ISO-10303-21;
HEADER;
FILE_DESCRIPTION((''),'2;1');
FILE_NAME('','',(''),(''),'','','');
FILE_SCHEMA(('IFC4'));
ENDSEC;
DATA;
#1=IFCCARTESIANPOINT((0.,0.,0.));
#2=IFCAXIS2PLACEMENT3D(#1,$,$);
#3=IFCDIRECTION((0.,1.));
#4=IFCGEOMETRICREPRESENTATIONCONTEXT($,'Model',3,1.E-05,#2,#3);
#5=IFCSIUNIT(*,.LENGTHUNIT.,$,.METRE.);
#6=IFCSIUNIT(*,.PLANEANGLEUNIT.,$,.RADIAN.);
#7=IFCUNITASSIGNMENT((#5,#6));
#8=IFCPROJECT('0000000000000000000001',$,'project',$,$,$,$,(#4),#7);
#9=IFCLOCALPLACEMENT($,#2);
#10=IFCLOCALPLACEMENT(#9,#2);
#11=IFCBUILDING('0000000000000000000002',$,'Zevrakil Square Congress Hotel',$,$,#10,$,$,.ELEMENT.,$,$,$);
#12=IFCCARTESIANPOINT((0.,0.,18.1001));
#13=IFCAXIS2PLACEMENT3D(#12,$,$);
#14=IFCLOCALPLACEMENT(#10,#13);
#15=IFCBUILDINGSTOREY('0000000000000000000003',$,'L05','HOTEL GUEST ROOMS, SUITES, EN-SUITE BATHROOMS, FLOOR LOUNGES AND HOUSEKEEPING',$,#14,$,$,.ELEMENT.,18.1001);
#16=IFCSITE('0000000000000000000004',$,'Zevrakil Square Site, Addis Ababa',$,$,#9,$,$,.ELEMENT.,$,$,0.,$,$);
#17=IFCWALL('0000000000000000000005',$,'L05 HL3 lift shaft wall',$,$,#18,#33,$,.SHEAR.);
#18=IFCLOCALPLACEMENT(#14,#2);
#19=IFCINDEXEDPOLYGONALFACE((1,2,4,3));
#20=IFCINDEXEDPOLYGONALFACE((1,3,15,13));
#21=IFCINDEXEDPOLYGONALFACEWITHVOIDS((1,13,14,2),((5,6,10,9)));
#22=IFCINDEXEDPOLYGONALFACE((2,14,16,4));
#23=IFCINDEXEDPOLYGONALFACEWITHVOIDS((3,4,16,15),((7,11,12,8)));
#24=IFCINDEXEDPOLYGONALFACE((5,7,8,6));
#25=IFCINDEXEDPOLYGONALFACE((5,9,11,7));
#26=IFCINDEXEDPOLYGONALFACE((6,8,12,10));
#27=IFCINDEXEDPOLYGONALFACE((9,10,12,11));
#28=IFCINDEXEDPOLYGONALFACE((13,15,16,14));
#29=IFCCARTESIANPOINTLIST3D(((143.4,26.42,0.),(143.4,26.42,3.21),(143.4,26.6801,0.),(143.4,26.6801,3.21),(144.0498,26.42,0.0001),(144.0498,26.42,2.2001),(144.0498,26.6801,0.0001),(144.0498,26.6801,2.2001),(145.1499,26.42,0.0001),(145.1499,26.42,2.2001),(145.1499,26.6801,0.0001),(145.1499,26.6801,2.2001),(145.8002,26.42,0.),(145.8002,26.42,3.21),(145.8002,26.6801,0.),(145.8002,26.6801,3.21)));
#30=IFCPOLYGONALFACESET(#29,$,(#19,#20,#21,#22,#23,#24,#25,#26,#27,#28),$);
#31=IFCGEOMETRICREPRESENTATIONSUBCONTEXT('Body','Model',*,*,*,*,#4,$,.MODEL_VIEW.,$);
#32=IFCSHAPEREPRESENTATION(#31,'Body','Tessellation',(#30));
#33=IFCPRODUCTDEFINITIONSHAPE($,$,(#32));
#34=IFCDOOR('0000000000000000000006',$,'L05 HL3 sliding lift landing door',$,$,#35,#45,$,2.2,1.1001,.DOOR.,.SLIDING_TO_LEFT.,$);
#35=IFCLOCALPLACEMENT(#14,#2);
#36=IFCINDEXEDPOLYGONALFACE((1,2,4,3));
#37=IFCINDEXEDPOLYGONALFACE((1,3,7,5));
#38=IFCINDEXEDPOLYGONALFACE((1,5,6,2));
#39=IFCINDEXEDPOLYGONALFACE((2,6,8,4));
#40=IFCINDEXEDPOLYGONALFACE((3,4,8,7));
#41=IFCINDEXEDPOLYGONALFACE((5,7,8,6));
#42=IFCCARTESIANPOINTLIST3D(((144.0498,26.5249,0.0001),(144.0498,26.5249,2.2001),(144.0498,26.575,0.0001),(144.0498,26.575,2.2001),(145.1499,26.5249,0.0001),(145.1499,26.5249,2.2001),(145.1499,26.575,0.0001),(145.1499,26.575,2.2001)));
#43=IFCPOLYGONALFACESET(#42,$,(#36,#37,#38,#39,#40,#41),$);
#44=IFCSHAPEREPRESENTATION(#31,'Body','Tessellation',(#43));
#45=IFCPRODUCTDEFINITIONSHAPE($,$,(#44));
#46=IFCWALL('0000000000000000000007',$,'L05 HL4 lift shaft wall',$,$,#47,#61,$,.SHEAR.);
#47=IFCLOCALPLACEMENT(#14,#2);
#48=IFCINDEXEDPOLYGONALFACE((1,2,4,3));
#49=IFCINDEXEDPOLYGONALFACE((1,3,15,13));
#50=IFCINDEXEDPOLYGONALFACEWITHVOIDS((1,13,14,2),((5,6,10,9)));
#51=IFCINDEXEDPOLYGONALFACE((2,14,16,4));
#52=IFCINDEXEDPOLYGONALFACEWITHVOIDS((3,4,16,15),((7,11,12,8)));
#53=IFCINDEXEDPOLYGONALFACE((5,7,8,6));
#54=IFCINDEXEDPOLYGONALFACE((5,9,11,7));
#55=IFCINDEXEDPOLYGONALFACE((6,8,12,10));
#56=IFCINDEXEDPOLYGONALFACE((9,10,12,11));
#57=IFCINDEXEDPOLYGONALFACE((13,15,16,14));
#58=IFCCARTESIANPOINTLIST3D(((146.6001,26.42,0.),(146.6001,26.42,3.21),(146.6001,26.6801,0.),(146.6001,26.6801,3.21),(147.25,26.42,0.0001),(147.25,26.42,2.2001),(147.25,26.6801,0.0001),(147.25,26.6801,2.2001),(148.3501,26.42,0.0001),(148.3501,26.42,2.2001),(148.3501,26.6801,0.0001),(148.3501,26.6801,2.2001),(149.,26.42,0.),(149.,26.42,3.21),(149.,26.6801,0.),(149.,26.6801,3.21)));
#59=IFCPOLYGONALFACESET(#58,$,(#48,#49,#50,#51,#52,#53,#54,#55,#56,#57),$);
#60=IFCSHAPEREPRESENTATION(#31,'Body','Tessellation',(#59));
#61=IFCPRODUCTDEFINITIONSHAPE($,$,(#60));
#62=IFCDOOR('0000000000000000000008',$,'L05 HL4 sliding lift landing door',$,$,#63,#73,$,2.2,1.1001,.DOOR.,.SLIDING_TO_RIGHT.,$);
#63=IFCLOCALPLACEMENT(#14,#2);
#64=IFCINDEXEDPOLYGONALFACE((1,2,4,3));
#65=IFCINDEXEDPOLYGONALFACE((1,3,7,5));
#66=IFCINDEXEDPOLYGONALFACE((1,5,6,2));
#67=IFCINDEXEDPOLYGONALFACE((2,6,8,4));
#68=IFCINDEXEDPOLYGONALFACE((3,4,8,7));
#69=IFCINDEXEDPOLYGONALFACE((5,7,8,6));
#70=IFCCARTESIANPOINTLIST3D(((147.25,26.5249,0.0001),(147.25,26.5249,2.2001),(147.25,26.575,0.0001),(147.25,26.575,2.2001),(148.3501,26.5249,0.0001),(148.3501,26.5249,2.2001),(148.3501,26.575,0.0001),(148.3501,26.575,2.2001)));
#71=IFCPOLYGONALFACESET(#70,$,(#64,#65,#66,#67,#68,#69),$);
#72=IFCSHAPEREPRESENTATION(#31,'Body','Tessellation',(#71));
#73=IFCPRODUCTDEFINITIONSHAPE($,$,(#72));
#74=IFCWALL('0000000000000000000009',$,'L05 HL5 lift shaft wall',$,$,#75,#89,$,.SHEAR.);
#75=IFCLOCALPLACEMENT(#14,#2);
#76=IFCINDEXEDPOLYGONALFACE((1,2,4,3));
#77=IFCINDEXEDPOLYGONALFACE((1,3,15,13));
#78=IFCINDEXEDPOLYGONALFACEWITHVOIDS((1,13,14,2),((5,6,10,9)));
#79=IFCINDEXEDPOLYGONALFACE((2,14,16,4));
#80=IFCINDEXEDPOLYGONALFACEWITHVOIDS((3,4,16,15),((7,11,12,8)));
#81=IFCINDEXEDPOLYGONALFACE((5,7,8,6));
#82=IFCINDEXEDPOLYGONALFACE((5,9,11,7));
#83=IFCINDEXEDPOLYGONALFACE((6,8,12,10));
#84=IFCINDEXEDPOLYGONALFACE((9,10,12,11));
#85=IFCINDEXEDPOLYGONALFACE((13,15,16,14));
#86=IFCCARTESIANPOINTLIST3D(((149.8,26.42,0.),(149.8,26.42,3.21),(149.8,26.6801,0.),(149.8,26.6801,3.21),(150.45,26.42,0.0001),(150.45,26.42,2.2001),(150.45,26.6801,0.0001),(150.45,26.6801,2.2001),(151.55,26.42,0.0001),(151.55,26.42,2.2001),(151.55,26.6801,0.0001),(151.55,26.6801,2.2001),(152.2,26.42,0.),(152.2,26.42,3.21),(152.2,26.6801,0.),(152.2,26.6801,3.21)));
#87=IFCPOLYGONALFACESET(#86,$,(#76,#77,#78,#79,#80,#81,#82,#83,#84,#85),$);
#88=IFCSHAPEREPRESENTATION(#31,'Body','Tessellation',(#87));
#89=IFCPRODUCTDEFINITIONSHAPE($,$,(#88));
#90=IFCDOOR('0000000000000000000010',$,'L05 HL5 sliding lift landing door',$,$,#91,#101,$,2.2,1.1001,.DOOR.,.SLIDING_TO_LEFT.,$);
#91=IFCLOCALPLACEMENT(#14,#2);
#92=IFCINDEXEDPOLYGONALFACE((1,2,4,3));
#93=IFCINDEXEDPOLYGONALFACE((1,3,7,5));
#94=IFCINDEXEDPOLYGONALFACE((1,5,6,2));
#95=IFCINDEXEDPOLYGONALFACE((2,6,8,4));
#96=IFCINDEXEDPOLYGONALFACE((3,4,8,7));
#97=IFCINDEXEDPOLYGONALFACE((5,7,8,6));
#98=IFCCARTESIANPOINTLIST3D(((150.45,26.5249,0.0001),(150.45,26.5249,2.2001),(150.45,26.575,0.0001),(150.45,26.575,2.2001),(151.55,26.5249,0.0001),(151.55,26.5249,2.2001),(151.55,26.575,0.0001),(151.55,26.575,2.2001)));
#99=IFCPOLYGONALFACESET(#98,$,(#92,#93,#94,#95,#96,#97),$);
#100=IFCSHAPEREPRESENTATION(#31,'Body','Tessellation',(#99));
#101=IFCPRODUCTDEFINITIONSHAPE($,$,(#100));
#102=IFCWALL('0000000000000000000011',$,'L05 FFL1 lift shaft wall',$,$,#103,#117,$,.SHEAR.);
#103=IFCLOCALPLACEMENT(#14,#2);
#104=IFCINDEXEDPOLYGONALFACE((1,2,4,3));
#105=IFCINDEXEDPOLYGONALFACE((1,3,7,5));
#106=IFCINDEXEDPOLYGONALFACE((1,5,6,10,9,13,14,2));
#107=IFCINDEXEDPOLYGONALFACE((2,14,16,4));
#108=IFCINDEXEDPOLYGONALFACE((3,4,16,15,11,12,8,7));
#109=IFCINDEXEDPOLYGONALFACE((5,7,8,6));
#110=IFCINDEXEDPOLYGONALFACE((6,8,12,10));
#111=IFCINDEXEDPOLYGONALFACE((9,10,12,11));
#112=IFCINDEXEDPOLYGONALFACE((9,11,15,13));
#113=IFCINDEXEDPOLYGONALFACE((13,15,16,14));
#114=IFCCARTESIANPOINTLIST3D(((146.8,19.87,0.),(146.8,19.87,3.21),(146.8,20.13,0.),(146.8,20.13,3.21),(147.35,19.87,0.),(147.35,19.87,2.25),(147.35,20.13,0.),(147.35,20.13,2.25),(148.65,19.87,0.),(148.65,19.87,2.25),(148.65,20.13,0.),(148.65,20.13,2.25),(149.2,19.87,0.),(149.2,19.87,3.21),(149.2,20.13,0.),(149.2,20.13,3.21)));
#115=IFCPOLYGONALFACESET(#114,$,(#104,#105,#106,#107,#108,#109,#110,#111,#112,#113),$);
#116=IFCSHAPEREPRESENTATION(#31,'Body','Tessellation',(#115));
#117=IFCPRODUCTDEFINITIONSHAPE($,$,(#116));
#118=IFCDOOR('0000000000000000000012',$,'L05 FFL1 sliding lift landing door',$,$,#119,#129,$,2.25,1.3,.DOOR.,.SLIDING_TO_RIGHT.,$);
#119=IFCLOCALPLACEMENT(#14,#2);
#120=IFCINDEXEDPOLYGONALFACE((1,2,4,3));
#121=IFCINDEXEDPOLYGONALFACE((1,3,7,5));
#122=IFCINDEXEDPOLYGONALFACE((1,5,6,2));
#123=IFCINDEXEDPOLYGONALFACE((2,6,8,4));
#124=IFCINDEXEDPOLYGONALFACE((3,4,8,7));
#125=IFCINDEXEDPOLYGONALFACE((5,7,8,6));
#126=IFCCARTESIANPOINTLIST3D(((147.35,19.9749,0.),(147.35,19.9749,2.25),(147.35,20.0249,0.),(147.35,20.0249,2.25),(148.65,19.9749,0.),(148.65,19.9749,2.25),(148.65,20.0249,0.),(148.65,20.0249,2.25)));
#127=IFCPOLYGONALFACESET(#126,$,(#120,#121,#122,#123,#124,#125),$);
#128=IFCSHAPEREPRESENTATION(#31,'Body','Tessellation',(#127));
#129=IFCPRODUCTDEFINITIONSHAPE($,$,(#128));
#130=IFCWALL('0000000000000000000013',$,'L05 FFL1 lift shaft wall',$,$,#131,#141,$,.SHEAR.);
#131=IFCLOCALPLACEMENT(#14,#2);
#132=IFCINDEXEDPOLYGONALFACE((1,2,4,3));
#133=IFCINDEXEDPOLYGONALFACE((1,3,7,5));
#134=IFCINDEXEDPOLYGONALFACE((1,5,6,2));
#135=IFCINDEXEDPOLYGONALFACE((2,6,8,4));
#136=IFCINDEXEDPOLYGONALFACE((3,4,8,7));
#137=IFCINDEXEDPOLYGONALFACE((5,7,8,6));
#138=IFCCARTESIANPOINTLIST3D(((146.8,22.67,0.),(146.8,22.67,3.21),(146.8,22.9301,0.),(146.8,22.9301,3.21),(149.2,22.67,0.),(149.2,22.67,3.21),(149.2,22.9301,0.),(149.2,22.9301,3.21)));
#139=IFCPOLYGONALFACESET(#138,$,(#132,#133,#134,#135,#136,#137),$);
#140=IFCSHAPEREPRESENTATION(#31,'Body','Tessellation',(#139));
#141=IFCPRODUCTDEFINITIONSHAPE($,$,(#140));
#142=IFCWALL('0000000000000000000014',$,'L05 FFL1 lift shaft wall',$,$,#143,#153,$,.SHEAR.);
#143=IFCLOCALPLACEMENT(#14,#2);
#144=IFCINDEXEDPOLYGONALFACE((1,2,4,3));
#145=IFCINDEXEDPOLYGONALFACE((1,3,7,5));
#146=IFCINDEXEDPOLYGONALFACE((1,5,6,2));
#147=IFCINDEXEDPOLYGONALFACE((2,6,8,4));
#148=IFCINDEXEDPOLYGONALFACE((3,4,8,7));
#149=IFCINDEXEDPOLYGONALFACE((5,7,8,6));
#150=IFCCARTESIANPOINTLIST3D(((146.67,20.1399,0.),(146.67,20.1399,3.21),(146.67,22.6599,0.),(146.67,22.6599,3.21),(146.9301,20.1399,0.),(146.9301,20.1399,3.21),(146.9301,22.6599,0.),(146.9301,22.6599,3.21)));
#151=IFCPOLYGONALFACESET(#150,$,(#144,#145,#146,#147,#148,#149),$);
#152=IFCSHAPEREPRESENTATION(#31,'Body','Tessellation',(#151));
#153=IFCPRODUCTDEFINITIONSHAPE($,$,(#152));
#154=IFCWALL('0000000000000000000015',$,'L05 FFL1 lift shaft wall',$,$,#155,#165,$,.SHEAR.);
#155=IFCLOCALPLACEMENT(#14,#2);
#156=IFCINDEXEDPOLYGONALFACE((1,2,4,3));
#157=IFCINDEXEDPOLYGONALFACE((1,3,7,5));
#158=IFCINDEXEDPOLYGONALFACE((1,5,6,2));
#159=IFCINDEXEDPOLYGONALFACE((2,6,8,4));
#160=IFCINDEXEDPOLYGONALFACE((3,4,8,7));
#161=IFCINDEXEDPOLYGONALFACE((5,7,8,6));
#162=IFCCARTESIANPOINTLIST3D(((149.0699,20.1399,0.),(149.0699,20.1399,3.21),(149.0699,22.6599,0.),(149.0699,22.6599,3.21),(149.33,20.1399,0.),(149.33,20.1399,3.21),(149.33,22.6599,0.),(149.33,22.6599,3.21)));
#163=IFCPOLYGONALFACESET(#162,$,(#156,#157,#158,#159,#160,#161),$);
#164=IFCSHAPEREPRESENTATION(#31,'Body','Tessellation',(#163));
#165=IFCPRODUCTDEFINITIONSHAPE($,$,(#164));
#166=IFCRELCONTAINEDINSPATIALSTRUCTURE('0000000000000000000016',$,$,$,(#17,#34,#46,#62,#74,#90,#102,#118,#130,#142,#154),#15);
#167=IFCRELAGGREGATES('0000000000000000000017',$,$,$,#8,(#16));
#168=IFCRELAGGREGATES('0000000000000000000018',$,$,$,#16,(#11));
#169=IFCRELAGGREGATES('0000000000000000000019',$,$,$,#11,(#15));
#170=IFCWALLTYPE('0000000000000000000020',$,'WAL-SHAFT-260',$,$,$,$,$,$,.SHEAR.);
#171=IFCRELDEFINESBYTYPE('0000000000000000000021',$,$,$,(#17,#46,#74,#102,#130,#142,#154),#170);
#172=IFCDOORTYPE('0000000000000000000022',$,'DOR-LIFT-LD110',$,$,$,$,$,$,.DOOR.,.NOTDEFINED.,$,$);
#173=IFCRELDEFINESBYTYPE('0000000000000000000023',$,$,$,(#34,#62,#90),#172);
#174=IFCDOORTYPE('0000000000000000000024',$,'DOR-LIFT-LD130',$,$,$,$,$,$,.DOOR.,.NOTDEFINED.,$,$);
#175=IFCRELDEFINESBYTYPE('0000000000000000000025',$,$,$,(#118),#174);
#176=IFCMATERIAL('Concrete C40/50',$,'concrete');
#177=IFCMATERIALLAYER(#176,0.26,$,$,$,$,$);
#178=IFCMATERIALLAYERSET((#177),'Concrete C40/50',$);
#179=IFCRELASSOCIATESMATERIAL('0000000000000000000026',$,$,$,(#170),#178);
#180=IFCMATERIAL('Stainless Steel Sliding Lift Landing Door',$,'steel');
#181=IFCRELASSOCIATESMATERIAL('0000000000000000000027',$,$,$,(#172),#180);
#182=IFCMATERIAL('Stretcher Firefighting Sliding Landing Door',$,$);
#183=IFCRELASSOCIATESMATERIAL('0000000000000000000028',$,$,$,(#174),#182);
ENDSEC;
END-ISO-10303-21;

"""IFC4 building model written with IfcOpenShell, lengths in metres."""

from ifc_helpers import new_model, si_unit, direction, frame, frame_2d, origin, place, context, subcontext, project, spatial, rectangle, extrude, material, layer, layer_set, type_object, element, fill, save


model = new_model("IFC4")

# Units and contexts
model_context = context("Model", 3, precision=1e-05, world=origin(), true_north=direction((0.0, 1.0)))
body_context = subcontext(model_context, "Body", "Model", "MODEL_VIEW")
ifc_project = project(units=[si_unit("LENGTHUNIT", "METRE"), si_unit("PLANEANGLEUNIT", "RADIAN")], contexts=[model_context])

# Site, building, storey
site_placement = place(None, origin())
site = spatial("IfcSite", under=ifc_project, at=site_placement, Name="Zevrakil Square Site, Addis Ababa", CompositionType="ELEMENT", RefElevation=0.0)
building_placement = place(site_placement, origin())
building = spatial("IfcBuilding", under=site, at=building_placement, Name="Zevrakil Square Congress Hotel", CompositionType="ELEMENT")
storey_placement = place(building_placement, frame((0.0, 0.0, 18.1001)))
storey = spatial("IfcBuildingStorey", under=building, at=storey_placement, Name="L05", Description="HOTEL GUEST ROOMS, SUITES, EN-SUITE BATHROOMS, FLOOR LOUNGES AND HOUSEKEEPING", CompositionType="ELEMENT", Elevation=18.1001)

# Shared definitions
ifc_material_1 = material(Name="Concrete C40/50", Category="concrete")
ifc_layer_1 = layer(ifc_material_1, 0.26)
ifc_layer_set_1 = layer_set([ifc_layer_1], Name="Concrete C40/50")
wall_type_1 = type_object("IfcWallType", Name="WAL-SHAFT-260", PredefinedType="SHEAR", material=ifc_layer_set_1)

# Walls, openings, doors
wall_1_placement = place(storey_placement, frame((143.3999, 26.55, 0.0), z_axis=(0.0, 0.0, 1.0), x_axis=(1.0, 0.0, 0.0)))
wall_1 = element("IfcWall", 1, at=wall_1_placement, inside=storey, type_object=wall_type_1, Name="L05 HL3 lift shaft wall", PredefinedType="SHEAR", context=body_context, shape_type="SweptSolid", body=[
    extrude(rectangle(XDim=2.4001, YDim=0.26, at=frame_2d((1.2002, 0.0))), origin(), (0.0, 0.0, 1.0), 3.21),
])
opening_1_placement = place(wall_1_placement, frame((0.6499, 0.0, 0.0)))
opening_1 = element("IfcOpeningElement", 2, at=opening_1_placement, cuts=wall_1, PredefinedType="OPENING", context=body_context, shape_type="SweptSolid", body=[
    extrude(rectangle(XDim=1.1001, YDim=2.2, at=frame_2d((0.55, 1.1001))), frame((0.0, 0.1401, 0.0), z_axis=(0.0, -1.0, 0.0), x_axis=(1.0, 0.0, 0.0)), (0.0, 0.0, 1.0), 0.28),
])
ifc_material_2 = material(Name="Stainless Steel Sliding Lift Landing Door", Category="steel")
door_type_1 = type_object("IfcDoorType", Name="DOR-LIFT-LD110", OperationType="NOTDEFINED", PredefinedType="DOOR", material=ifc_material_2)
door_1_placement = place(opening_1_placement, origin())
door_1 = element("IfcDoor", 3, at=door_1_placement, inside=storey, type_object=door_type_1, Name="L05 HL3 sliding lift landing door", OperationType="SLIDING_TO_LEFT", OverallHeight=2.2, OverallWidth=1.1001, PredefinedType="DOOR", context=body_context, shape_type="SweptSolid", body=[
    extrude(rectangle(XDim=1.1001, YDim=2.2, at=frame_2d((0.55, 1.1001))), frame((0.0, 0.0249, 0.0), z_axis=(0.0, -1.0, 0.0), x_axis=(1.0, 0.0, 0.0)), (0.0, 0.0, 1.0), 0.05),
])
fill(opening_1, door_1)
wall_2_placement = place(storey_placement, frame((146.6001, 26.55, 0.0), z_axis=(0.0, 0.0, 1.0), x_axis=(1.0, 0.0, 0.0)))
wall_2 = element("IfcWall", 4, at=wall_2_placement, inside=storey, type_object=wall_type_1, Name="L05 HL4 lift shaft wall", PredefinedType="SHEAR", context=body_context, shape_type="SweptSolid", body=[
    extrude(rectangle(XDim=2.3999, YDim=0.26, at=frame_2d((1.2, 0.0))), origin(), (0.0, 0.0, 1.0), 3.21),
])
opening_2_placement = place(wall_2_placement, frame((0.6499, 0.0, 0.0)))
opening_2 = element("IfcOpeningElement", 5, at=opening_2_placement, cuts=wall_2, PredefinedType="OPENING", context=body_context, shape_type="SweptSolid", body=[
    extrude(rectangle(XDim=1.1001, YDim=2.2, at=frame_2d((0.55, 1.1001))), frame((0.0, 0.1401, 0.0), z_axis=(0.0, -1.0, 0.0), x_axis=(1.0, 0.0, 0.0)), (0.0, 0.0, 1.0), 0.28),
])
door_2_placement = place(opening_2_placement, origin())
door_2 = element("IfcDoor", 6, at=door_2_placement, inside=storey, type_object=door_type_1, Name="L05 HL4 sliding lift landing door", OperationType="SLIDING_TO_RIGHT", OverallHeight=2.2, OverallWidth=1.1001, PredefinedType="DOOR", context=body_context, shape_type="SweptSolid", body=[
    extrude(rectangle(XDim=1.1001, YDim=2.2, at=frame_2d((0.55, 1.1001))), frame((0.0, 0.0249, 0.0), z_axis=(0.0, -1.0, 0.0), x_axis=(1.0, 0.0, 0.0)), (0.0, 0.0, 1.0), 0.05),
])
fill(opening_2, door_2)
wall_3_placement = place(storey_placement, frame((149.8, 26.55, 0.0), z_axis=(0.0, 0.0, 1.0), x_axis=(1.0, 0.0, 0.0)))
wall_3 = element("IfcWall", 7, at=wall_3_placement, inside=storey, type_object=wall_type_1, Name="L05 HL5 lift shaft wall", PredefinedType="SHEAR", context=body_context, shape_type="SweptSolid", body=[
    extrude(rectangle(XDim=2.3999, YDim=0.26, at=frame_2d((1.2, 0.0))), origin(), (0.0, 0.0, 1.0), 3.21),
])
opening_3_placement = place(wall_3_placement, frame((0.6499, 0.0, 0.0)))
opening_3 = element("IfcOpeningElement", 8, at=opening_3_placement, cuts=wall_3, PredefinedType="OPENING", context=body_context, shape_type="SweptSolid", body=[
    extrude(rectangle(XDim=1.1001, YDim=2.2, at=frame_2d((0.55, 1.1001))), frame((0.0, 0.1401, 0.0), z_axis=(0.0, -1.0, 0.0), x_axis=(1.0, 0.0, 0.0)), (0.0, 0.0, 1.0), 0.28),
])
door_3_placement = place(opening_3_placement, origin())
door_3 = element("IfcDoor", 9, at=door_3_placement, inside=storey, type_object=door_type_1, Name="L05 HL5 sliding lift landing door", OperationType="SLIDING_TO_LEFT", OverallHeight=2.2, OverallWidth=1.1001, PredefinedType="DOOR", context=body_context, shape_type="SweptSolid", body=[
    extrude(rectangle(XDim=1.1001, YDim=2.2, at=frame_2d((0.55, 1.1001))), frame((0.0, 0.0249, 0.0), z_axis=(0.0, -1.0, 0.0), x_axis=(1.0, 0.0, 0.0)), (0.0, 0.0, 1.0), 0.05),
])
fill(opening_3, door_3)
wall_4_placement = place(storey_placement, frame((146.8, 20.0, 0.0), z_axis=(0.0, 0.0, 1.0), x_axis=(1.0, 0.0, 0.0)))
wall_4 = element("IfcWall", 10, at=wall_4_placement, inside=storey, type_object=wall_type_1, Name="L05 FFL1 lift shaft wall", PredefinedType="SHEAR", context=body_context, shape_type="SweptSolid", body=[
    extrude(rectangle(XDim=2.3999, YDim=0.26, at=frame_2d((1.2, 0.0))), origin(), (0.0, 0.0, 1.0), 3.21),
])
opening_4_placement = place(wall_4_placement, frame((0.55, 0.0, 0.0)))
opening_4 = element("IfcOpeningElement", 11, at=opening_4_placement, cuts=wall_4, PredefinedType="OPENING", context=body_context, shape_type="SweptSolid", body=[
    extrude(rectangle(XDim=1.3, YDim=2.25, at=frame_2d((0.6499, 1.125))), frame((0.0, 0.1401, 0.0), z_axis=(0.0, -1.0, 0.0), x_axis=(1.0, 0.0, 0.0)), (0.0, 0.0, 1.0), 0.28),
])
ifc_material_3 = material(Name="Stretcher Firefighting Sliding Landing Door")
door_type_2 = type_object("IfcDoorType", Name="DOR-LIFT-LD130", OperationType="NOTDEFINED", PredefinedType="DOOR", material=ifc_material_3)
door_4_placement = place(opening_4_placement, origin())
door_4 = element("IfcDoor", 12, at=door_4_placement, inside=storey, type_object=door_type_2, Name="L05 FFL1 sliding lift landing door", OperationType="SLIDING_TO_RIGHT", OverallHeight=2.25, OverallWidth=1.3, PredefinedType="DOOR", context=body_context, shape_type="SweptSolid", body=[
    extrude(rectangle(XDim=1.3, YDim=2.25, at=frame_2d((0.6499, 1.125))), frame((0.0, 0.0249, 0.0), z_axis=(0.0, -1.0, 0.0), x_axis=(1.0, 0.0, 0.0)), (0.0, 0.0, 1.0), 0.05),
])
fill(opening_4, door_4)

# Walls
wall_5_placement = place(storey_placement, frame((146.8, 22.8, 0.0), z_axis=(0.0, 0.0, 1.0), x_axis=(1.0, 0.0, 0.0)))
element("IfcWall", 13, at=wall_5_placement, inside=storey, type_object=wall_type_1, Name="L05 FFL1 lift shaft wall", PredefinedType="SHEAR", context=body_context, shape_type="SweptSolid", body=[
    extrude(rectangle(XDim=2.3999, YDim=0.26, at=frame_2d((1.2, 0.0))), origin(), (0.0, 0.0, 1.0), 3.21),
])
for number, where, z_axis, x_axis, name in (
    (14, (146.8, 20.1399, 0.0), (0.0, 0.0, 1.0), (0.0, 1.0, 0.0), "L05 FFL1 lift shaft wall"),
    (15, (149.2, 20.1399, 0.0), (0.0, 0.0, 1.0), (0.0, 1.0, 0.0), "L05 FFL1 lift shaft wall"),
):
    element("IfcWall", number, at=place(storey_placement, frame(where, z_axis=z_axis, x_axis=x_axis)), inside=storey, type_object=wall_type_1, Name=name, PredefinedType="SHEAR", context=body_context, shape_type="SweptSolid", body=[
        extrude(rectangle(XDim=2.52, YDim=0.26, at=frame_2d((1.26, 0.0))), origin(), (0.0, 0.0, 1.0), 3.21),
    ])

save(model, "model.ifc")
